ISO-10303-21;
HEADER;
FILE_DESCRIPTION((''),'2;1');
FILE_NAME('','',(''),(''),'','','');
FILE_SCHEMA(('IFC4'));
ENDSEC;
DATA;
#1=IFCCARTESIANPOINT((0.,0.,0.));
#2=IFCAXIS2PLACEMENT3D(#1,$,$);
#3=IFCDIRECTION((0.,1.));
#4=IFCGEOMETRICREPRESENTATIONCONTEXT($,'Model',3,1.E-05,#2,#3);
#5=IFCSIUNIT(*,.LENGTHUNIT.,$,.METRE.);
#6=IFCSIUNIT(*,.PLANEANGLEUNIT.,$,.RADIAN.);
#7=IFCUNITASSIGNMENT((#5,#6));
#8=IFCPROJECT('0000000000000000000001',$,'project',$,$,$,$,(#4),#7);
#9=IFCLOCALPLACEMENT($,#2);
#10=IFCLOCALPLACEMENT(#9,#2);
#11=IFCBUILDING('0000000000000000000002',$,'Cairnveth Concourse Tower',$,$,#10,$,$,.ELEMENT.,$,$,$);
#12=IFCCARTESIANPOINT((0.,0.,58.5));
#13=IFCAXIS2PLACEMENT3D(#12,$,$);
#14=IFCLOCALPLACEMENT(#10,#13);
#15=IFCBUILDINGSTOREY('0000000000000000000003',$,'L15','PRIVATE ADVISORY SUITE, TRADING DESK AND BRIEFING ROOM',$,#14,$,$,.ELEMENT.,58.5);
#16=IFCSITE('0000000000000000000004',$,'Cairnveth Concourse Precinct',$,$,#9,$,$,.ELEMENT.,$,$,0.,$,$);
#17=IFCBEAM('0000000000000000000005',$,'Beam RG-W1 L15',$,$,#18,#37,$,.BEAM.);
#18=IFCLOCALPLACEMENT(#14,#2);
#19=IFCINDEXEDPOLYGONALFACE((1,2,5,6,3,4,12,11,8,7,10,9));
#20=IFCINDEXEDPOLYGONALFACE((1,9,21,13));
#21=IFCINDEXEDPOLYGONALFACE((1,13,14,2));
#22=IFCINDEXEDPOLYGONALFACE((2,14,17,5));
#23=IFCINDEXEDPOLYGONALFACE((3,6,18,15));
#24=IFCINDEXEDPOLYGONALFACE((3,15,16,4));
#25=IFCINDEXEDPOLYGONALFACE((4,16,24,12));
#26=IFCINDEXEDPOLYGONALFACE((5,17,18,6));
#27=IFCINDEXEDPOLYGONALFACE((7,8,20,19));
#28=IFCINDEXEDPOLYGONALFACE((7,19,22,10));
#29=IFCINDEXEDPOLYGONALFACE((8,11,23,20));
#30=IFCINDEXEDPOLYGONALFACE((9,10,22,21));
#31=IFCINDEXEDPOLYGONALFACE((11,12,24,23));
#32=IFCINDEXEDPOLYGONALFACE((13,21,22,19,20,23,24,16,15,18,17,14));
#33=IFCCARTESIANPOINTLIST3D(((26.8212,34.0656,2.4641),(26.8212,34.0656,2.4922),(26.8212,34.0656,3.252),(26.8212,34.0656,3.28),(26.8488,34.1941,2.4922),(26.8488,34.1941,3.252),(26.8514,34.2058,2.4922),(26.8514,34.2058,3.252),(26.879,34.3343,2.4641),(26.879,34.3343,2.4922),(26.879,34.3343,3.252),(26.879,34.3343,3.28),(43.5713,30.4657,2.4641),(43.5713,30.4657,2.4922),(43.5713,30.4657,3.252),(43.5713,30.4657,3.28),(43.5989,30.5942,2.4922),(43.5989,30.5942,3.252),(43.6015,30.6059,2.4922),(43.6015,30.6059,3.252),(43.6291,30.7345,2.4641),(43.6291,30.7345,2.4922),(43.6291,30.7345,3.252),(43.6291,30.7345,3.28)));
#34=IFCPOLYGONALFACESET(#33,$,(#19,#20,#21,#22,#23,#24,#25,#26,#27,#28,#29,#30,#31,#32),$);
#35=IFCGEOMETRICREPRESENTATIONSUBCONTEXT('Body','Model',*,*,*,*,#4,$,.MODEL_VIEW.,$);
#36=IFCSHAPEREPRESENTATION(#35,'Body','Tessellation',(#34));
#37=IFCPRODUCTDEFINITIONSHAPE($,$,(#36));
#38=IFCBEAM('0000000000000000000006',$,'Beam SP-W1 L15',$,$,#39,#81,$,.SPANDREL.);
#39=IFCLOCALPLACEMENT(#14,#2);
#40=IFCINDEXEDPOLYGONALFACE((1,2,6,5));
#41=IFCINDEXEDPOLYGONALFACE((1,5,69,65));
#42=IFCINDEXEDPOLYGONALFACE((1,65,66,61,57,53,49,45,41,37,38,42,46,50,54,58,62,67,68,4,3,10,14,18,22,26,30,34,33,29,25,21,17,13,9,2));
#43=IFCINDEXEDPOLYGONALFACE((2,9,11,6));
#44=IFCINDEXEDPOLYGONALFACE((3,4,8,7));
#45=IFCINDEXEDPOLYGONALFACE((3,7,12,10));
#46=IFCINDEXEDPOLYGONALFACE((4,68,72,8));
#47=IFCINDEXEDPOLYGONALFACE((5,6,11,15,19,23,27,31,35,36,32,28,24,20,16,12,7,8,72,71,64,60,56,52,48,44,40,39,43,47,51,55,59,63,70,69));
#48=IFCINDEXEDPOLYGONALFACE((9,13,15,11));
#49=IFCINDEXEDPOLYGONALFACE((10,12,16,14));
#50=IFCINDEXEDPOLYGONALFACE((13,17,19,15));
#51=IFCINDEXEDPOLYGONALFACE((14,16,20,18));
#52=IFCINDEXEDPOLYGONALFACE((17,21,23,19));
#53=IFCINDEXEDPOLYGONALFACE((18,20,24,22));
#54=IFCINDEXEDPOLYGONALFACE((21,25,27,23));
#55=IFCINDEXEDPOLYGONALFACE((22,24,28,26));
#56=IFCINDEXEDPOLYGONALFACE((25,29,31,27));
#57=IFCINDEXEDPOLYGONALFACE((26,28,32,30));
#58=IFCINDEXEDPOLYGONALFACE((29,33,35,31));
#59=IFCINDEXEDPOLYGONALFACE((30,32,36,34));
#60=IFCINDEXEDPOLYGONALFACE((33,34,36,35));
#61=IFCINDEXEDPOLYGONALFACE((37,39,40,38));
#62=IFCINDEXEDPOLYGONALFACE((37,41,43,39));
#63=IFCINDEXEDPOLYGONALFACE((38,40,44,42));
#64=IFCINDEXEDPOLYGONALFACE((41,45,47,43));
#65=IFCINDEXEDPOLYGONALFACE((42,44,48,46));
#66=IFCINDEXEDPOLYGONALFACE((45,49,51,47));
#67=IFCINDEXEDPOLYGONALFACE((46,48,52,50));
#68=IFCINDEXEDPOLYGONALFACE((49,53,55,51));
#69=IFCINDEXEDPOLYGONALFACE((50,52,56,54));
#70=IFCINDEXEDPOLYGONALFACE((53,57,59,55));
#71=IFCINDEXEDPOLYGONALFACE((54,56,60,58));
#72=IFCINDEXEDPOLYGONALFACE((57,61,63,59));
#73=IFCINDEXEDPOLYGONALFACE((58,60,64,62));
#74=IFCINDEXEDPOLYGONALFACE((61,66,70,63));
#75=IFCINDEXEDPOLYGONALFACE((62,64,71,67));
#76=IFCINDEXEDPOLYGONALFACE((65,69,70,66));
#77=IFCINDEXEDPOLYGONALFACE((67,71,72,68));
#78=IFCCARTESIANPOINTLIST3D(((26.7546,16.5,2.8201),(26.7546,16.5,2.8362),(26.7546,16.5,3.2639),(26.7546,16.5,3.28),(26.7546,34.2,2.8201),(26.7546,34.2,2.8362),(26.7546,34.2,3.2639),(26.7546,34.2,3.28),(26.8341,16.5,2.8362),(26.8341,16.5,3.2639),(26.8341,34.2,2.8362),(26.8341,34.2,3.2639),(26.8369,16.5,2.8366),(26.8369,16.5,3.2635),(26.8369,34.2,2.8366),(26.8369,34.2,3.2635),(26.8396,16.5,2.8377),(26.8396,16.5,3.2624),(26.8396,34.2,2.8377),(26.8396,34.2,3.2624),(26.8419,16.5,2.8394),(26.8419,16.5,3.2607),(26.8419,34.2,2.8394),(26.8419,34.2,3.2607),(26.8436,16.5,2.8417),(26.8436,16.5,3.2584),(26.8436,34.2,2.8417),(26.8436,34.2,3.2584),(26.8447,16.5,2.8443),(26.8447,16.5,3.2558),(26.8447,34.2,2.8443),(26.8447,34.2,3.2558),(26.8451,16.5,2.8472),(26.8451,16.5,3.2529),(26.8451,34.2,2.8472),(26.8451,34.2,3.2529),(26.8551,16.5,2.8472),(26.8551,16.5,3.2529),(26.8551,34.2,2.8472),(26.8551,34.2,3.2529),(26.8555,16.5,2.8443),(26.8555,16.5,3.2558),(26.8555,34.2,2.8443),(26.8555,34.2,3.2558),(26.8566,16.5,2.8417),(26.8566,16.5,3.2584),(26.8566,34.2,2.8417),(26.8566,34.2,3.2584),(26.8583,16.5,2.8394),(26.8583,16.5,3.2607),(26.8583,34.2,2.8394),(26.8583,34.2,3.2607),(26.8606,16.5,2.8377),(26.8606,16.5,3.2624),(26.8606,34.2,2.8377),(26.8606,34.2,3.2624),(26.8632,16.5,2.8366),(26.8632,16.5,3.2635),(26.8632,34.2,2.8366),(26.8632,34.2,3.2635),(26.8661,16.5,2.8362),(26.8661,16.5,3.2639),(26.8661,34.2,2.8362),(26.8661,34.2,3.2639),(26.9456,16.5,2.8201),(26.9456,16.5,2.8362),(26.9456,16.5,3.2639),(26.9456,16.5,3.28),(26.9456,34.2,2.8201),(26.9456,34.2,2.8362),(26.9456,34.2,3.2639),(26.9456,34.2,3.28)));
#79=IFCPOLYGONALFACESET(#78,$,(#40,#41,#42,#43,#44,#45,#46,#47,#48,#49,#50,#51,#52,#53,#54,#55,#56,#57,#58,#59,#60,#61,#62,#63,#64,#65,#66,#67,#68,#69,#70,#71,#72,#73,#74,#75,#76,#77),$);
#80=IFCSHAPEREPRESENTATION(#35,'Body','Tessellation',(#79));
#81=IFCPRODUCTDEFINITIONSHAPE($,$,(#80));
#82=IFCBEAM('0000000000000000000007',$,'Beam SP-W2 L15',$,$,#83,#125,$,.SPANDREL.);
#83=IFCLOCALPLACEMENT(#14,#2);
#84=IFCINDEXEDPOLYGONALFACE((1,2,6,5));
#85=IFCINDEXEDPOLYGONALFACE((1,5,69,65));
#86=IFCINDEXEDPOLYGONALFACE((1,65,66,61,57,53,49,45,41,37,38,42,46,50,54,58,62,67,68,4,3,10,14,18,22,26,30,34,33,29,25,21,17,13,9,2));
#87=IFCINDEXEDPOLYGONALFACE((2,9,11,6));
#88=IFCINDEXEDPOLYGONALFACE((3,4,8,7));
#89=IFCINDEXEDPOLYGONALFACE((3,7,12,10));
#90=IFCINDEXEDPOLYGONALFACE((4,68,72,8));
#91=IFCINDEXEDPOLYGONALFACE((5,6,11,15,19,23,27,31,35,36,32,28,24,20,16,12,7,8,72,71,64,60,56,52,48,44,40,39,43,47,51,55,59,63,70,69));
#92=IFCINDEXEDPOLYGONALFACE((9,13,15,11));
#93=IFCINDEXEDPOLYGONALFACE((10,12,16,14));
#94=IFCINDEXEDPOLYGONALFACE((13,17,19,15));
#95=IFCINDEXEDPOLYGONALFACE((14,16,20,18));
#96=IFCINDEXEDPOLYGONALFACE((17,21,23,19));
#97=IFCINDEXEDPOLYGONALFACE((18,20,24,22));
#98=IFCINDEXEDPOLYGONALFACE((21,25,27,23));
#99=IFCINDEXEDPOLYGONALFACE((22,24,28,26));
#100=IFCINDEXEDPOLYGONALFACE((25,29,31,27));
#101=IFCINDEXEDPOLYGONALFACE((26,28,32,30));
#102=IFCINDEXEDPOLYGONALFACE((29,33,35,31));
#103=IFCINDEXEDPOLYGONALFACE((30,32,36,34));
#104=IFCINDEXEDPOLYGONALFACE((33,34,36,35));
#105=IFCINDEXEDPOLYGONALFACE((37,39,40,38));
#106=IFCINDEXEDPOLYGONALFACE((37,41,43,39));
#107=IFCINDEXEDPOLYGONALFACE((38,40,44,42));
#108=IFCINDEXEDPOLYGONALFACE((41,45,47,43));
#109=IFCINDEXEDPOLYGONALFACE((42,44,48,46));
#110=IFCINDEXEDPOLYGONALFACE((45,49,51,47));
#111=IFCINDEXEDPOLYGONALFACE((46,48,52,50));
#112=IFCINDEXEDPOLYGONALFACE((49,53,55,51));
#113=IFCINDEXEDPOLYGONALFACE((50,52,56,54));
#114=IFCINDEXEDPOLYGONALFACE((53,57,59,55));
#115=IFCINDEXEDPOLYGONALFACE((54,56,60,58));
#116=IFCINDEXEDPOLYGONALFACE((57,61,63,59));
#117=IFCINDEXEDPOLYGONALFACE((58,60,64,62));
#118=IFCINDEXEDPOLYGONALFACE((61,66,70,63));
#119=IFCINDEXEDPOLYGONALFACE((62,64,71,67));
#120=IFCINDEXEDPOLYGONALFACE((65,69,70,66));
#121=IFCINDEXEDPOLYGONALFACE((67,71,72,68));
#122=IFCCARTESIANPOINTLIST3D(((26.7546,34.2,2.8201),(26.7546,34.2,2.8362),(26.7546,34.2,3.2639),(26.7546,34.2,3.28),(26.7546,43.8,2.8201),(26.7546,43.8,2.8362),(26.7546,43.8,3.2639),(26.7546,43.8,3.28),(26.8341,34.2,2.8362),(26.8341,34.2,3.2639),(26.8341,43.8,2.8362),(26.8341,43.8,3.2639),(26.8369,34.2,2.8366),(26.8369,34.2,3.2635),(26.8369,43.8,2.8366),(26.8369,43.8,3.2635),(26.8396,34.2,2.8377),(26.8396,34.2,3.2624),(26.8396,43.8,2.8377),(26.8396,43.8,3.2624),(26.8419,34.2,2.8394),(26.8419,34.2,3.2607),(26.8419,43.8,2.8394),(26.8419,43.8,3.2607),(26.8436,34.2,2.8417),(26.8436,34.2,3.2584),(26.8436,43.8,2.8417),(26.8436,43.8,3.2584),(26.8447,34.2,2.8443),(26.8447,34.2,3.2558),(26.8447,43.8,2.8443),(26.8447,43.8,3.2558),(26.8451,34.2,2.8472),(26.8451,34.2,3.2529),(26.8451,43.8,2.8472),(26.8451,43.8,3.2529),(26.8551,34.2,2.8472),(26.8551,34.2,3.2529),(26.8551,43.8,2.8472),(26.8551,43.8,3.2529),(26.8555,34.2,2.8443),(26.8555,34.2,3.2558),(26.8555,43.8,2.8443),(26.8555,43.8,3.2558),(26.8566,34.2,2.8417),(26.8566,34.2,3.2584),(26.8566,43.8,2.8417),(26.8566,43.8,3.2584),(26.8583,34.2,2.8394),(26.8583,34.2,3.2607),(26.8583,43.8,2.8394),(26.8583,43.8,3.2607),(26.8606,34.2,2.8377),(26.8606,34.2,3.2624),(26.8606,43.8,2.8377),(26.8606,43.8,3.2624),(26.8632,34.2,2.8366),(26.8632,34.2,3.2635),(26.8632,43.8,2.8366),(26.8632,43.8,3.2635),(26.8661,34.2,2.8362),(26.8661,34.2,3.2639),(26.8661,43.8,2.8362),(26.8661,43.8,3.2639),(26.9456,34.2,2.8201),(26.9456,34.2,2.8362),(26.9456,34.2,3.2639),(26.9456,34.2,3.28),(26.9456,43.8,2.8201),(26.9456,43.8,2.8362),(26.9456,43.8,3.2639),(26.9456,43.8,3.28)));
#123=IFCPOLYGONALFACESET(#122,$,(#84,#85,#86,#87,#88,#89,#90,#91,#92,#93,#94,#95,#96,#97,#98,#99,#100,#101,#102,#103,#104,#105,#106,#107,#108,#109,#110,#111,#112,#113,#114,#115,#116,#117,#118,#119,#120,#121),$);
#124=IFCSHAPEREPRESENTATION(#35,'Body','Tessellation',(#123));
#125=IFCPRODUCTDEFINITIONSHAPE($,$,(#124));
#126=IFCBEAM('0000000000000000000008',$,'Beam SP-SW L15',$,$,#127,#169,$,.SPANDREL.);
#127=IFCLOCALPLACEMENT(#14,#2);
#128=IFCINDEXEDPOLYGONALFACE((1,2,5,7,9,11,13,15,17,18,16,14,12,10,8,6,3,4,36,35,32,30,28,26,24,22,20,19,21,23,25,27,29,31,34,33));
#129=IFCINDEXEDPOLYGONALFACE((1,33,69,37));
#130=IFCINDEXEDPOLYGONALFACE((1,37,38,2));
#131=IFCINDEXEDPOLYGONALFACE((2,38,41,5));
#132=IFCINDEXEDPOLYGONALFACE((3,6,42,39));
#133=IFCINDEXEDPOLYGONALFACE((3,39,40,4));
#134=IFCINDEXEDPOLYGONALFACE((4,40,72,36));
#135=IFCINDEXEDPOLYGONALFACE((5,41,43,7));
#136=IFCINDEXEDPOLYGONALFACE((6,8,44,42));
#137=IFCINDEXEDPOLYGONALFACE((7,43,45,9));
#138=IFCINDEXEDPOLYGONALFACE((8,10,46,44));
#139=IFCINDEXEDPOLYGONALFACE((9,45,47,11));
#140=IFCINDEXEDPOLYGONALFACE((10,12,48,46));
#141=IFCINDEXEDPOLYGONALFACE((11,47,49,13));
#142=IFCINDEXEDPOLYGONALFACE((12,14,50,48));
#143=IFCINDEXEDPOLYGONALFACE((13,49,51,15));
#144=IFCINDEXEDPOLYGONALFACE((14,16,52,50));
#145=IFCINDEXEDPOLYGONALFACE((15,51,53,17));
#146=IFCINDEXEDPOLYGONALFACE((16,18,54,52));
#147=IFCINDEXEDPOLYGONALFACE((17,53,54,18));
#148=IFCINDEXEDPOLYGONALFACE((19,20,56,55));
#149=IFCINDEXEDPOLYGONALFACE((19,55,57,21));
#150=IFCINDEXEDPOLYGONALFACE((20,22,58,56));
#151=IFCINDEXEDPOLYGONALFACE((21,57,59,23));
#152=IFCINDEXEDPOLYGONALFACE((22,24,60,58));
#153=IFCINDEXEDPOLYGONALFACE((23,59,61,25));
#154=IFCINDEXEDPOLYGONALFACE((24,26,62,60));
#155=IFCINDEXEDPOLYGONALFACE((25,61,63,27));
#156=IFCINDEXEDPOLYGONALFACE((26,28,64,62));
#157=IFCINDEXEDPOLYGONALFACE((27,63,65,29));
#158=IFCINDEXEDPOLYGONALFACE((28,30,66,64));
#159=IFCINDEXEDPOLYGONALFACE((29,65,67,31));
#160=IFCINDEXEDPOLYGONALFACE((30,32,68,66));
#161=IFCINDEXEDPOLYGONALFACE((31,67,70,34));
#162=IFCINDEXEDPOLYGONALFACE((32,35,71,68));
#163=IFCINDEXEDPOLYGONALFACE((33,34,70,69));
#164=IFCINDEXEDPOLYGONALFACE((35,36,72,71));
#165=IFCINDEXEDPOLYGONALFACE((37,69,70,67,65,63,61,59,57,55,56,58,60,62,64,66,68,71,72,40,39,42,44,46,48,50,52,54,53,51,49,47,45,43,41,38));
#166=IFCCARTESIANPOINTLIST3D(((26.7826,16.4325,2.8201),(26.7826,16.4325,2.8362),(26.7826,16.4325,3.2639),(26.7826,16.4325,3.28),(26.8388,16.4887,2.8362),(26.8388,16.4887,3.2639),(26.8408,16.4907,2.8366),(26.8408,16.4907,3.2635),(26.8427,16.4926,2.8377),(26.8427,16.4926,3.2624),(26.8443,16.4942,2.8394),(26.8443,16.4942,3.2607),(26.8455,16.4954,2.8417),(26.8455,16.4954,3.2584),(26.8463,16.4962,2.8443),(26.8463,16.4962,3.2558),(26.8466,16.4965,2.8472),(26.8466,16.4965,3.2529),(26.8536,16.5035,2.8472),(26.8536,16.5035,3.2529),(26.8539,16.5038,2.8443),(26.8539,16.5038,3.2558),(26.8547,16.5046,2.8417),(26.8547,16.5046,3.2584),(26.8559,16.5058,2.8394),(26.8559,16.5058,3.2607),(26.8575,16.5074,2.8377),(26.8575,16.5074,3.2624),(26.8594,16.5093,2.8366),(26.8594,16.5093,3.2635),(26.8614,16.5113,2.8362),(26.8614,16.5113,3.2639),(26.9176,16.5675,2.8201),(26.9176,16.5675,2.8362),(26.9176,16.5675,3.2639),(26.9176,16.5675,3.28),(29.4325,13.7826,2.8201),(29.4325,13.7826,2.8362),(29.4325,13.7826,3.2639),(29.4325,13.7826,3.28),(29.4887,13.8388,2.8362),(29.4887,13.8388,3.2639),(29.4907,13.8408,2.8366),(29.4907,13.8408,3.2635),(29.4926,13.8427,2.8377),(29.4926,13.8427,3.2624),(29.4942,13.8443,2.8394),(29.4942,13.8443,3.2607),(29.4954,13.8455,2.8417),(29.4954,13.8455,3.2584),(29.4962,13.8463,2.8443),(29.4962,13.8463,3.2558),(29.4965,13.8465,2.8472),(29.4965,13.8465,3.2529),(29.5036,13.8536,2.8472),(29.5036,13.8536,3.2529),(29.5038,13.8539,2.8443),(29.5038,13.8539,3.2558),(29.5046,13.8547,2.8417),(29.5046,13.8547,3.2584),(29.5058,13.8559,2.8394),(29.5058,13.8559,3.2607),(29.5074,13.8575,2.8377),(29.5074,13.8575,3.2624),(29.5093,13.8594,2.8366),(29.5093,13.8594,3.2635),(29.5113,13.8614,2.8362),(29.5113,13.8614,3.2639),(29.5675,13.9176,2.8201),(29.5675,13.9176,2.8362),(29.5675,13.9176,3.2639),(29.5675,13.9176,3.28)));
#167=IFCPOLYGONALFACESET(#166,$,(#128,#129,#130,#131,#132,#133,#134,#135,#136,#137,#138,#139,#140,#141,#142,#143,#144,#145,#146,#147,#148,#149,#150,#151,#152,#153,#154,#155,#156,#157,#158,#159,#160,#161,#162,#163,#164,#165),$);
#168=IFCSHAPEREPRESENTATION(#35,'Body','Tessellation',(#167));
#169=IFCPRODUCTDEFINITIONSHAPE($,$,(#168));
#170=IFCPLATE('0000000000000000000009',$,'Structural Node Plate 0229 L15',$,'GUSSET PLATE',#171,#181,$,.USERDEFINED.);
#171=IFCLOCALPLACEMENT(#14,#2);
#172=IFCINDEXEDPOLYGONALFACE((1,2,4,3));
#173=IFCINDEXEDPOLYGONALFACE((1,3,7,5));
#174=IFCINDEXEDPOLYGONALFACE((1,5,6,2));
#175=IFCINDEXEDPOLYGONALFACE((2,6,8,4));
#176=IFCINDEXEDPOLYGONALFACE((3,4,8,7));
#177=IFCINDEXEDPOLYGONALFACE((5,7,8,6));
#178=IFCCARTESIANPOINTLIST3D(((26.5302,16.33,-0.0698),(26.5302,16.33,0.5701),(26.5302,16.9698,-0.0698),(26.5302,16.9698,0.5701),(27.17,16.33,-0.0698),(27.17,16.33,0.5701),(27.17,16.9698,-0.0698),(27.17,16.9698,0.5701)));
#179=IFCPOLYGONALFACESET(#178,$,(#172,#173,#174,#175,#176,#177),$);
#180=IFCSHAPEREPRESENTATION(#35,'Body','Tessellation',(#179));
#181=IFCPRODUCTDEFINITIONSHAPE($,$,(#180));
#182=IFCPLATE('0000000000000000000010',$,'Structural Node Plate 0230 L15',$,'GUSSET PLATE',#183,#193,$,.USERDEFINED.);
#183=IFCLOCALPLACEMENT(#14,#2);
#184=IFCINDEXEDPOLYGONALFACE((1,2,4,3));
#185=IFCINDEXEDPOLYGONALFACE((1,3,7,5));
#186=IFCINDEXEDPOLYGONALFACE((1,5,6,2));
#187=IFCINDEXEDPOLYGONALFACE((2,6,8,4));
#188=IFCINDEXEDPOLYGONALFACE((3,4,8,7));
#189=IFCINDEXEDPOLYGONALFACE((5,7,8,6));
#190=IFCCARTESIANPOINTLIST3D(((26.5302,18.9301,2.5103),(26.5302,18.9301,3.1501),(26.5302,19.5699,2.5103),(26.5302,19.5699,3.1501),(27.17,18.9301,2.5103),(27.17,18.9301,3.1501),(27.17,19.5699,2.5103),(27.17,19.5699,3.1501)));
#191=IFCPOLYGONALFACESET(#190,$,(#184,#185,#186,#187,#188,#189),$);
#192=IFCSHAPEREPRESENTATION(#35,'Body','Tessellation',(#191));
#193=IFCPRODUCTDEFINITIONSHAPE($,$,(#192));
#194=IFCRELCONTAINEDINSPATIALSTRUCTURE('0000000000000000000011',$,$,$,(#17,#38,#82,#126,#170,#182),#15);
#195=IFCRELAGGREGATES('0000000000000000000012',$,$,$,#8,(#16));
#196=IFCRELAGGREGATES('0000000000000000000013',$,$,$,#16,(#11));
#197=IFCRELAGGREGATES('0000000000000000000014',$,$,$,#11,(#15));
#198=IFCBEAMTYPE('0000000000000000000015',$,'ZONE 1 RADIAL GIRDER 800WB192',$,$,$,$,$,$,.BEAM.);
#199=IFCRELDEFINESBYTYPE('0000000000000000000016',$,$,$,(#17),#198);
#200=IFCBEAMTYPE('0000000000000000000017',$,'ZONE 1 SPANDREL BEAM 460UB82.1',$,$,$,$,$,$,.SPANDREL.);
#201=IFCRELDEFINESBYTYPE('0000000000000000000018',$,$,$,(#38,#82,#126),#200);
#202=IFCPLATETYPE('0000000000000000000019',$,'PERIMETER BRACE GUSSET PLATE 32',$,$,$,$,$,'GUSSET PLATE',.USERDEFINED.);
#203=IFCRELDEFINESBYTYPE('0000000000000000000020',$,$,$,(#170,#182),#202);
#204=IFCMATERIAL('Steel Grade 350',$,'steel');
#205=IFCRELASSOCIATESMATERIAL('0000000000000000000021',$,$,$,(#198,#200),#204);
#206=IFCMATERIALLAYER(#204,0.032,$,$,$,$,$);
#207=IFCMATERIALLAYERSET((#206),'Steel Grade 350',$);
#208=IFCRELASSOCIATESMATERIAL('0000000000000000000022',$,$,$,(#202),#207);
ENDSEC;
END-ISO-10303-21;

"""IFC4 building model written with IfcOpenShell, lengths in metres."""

from ifc_helpers import new_model, si_unit, direction, frame, origin, origin_2d, place, context, subcontext, project, spatial, rectangle, i_section, extrude, material, layer, layer_set, material_profile, profile_set, type_object, element, save


model = new_model("IFC4")

# Units and contexts
model_context = context("Model", 3, precision=1e-05, world=origin(), true_north=direction((0.0, 1.0)))
body_context = subcontext(model_context, "Body", "Model", "MODEL_VIEW")
ifc_project = project(units=[si_unit("LENGTHUNIT", "METRE"), si_unit("PLANEANGLEUNIT", "RADIAN")], contexts=[model_context])

# Site, building, storey
site_placement = place(None, origin())
site = spatial("IfcSite", under=ifc_project, at=site_placement, Name="Cairnveth Concourse Precinct", CompositionType="ELEMENT", RefElevation=0.0)
building_placement = place(site_placement, origin())
building = spatial("IfcBuilding", under=site, at=building_placement, Name="Cairnveth Concourse Tower", CompositionType="ELEMENT")
storey_placement = place(building_placement, frame((0.0, 0.0, 58.5)))
storey = spatial("IfcBuildingStorey", under=building, at=storey_placement, Name="L15", Description="PRIVATE ADVISORY SUITE, TRADING DESK AND BRIEFING ROOM", CompositionType="ELEMENT", Elevation=58.5)

# Shared definitions
ifc_material_1 = material(Name="Steel Grade 350", Category="steel")

# Beams
ifc_material_profile_1 = material_profile(ifc_material_1, i_section(OverallWidth=0.2749, OverallDepth=0.8159, WebThickness=0.012, FlangeThickness=0.0281, at=origin_2d()), Name="800WB192")
ifc_profile_set_1 = profile_set([ifc_material_profile_1], Name="Steel Grade 350")
beam_type_1 = type_object("IfcBeamType", Name="ZONE 1 RADIAL GIRDER 800WB192", PredefinedType="BEAM", material=ifc_profile_set_1)
beam_1_placement = place(storey_placement, frame((26.8501, 34.2, 2.8721), z_axis=(0.977676, -0.210119, 0.0), x_axis=(0.210119, 0.977676, 0.0)))
element("IfcBeam", 1, at=beam_1_placement, inside=storey, type_object=beam_type_1, Name="Beam RG-W1 L15", PredefinedType="BEAM", context=body_context, shape_type="SweptSolid", body=[
    extrude(i_section(OverallWidth=0.2749, OverallDepth=0.8159, WebThickness=0.012, FlangeThickness=0.0281, at=origin_2d()), origin(), (0.0, 0.0, 1.0), 17.1326),
])
ifc_material_profile_2 = material_profile(ifc_material_1, i_section(OverallWidth=0.1909, OverallDepth=0.46, WebThickness=0.01, FlangeThickness=0.0161, FilletRadius=0.011, at=origin_2d()), Name="460UB82.1")
ifc_profile_set_2 = profile_set([ifc_material_profile_2], Name="Steel Grade 350")
beam_type_2 = type_object("IfcBeamType", Name="ZONE 1 SPANDREL BEAM 460UB82.1", PredefinedType="SPANDREL", material=ifc_profile_set_2)
beam_2_placement = place(storey_placement, frame((26.8501, 16.5, 3.05), z_axis=(0.0, 1.0, 0.0), x_axis=(-1.0, 0.0, 0.0)))
element("IfcBeam", 2, at=beam_2_placement, inside=storey, type_object=beam_type_2, Name="Beam SP-W1 L15", PredefinedType="SPANDREL", context=body_context, shape_type="SweptSolid", body=[
    extrude(i_section(OverallWidth=0.1909, OverallDepth=0.46, WebThickness=0.01, FlangeThickness=0.0161, FilletRadius=0.011, at=origin_2d()), origin(), (0.0, 0.0, 1.0), 17.7),
])
beam_3_placement = place(storey_placement, frame((26.8501, 34.2, 3.05), z_axis=(0.0, 1.0, 0.0), x_axis=(-1.0, 0.0, 0.0)))
element("IfcBeam", 3, at=beam_3_placement, inside=storey, type_object=beam_type_2, Name="Beam SP-W2 L15", PredefinedType="SPANDREL", context=body_context, shape_type="SweptSolid", body=[
    extrude(i_section(OverallWidth=0.1909, OverallDepth=0.46, WebThickness=0.01, FlangeThickness=0.0161, FilletRadius=0.011, at=origin_2d()), origin(), (0.0, 0.0, 1.0), 9.6001),
])
beam_4_placement = place(storey_placement, frame((26.8501, 16.5, 3.05), z_axis=(0.707107, -0.707107, 0.0), x_axis=(0.707107, 0.707107, 0.0)))
element("IfcBeam", 4, at=beam_4_placement, inside=storey, type_object=beam_type_2, Name="Beam SP-SW L15", PredefinedType="SPANDREL", context=body_context, shape_type="SweptSolid", body=[
    extrude(i_section(OverallWidth=0.1909, OverallDepth=0.46, WebThickness=0.01, FlangeThickness=0.0161, FilletRadius=0.011, at=origin_2d()), origin(), (0.0, 0.0, 1.0), 3.7476),
])

# Plates
ifc_layer_1 = layer(ifc_material_1, 0.032)
ifc_layer_set_1 = layer_set([ifc_layer_1], Name="Steel Grade 350")
plate_type = type_object("IfcPlateType", Name="PERIMETER BRACE GUSSET PLATE 32", ElementType="GUSSET PLATE", PredefinedType="USERDEFINED", material=ifc_layer_set_1)
for number, where, z_axis, x_axis, name in (
    (5, (26.8501, 16.6499, -0.0698), (0.0, 0.0, 1.0), (1.0, 0.0, 0.0), "Structural Node Plate 0229 L15"),
    (6, (26.8501, 19.25, 2.5103), (0.0, 0.0, 1.0), (1.0, 0.0, 0.0), "Structural Node Plate 0230 L15"),
):
    element("IfcPlate", number, at=place(storey_placement, frame(where, z_axis=z_axis, x_axis=x_axis)), inside=storey, type_object=plate_type, Name=name, ObjectType="GUSSET PLATE", PredefinedType="USERDEFINED", context=body_context, shape_type="SweptSolid", body=[
        extrude(rectangle(XDim=0.6399, YDim=0.6399, at=origin_2d()), origin(), (0.0, 0.0, 1.0), 0.6399),
    ])

save(model, "model.ifc")
